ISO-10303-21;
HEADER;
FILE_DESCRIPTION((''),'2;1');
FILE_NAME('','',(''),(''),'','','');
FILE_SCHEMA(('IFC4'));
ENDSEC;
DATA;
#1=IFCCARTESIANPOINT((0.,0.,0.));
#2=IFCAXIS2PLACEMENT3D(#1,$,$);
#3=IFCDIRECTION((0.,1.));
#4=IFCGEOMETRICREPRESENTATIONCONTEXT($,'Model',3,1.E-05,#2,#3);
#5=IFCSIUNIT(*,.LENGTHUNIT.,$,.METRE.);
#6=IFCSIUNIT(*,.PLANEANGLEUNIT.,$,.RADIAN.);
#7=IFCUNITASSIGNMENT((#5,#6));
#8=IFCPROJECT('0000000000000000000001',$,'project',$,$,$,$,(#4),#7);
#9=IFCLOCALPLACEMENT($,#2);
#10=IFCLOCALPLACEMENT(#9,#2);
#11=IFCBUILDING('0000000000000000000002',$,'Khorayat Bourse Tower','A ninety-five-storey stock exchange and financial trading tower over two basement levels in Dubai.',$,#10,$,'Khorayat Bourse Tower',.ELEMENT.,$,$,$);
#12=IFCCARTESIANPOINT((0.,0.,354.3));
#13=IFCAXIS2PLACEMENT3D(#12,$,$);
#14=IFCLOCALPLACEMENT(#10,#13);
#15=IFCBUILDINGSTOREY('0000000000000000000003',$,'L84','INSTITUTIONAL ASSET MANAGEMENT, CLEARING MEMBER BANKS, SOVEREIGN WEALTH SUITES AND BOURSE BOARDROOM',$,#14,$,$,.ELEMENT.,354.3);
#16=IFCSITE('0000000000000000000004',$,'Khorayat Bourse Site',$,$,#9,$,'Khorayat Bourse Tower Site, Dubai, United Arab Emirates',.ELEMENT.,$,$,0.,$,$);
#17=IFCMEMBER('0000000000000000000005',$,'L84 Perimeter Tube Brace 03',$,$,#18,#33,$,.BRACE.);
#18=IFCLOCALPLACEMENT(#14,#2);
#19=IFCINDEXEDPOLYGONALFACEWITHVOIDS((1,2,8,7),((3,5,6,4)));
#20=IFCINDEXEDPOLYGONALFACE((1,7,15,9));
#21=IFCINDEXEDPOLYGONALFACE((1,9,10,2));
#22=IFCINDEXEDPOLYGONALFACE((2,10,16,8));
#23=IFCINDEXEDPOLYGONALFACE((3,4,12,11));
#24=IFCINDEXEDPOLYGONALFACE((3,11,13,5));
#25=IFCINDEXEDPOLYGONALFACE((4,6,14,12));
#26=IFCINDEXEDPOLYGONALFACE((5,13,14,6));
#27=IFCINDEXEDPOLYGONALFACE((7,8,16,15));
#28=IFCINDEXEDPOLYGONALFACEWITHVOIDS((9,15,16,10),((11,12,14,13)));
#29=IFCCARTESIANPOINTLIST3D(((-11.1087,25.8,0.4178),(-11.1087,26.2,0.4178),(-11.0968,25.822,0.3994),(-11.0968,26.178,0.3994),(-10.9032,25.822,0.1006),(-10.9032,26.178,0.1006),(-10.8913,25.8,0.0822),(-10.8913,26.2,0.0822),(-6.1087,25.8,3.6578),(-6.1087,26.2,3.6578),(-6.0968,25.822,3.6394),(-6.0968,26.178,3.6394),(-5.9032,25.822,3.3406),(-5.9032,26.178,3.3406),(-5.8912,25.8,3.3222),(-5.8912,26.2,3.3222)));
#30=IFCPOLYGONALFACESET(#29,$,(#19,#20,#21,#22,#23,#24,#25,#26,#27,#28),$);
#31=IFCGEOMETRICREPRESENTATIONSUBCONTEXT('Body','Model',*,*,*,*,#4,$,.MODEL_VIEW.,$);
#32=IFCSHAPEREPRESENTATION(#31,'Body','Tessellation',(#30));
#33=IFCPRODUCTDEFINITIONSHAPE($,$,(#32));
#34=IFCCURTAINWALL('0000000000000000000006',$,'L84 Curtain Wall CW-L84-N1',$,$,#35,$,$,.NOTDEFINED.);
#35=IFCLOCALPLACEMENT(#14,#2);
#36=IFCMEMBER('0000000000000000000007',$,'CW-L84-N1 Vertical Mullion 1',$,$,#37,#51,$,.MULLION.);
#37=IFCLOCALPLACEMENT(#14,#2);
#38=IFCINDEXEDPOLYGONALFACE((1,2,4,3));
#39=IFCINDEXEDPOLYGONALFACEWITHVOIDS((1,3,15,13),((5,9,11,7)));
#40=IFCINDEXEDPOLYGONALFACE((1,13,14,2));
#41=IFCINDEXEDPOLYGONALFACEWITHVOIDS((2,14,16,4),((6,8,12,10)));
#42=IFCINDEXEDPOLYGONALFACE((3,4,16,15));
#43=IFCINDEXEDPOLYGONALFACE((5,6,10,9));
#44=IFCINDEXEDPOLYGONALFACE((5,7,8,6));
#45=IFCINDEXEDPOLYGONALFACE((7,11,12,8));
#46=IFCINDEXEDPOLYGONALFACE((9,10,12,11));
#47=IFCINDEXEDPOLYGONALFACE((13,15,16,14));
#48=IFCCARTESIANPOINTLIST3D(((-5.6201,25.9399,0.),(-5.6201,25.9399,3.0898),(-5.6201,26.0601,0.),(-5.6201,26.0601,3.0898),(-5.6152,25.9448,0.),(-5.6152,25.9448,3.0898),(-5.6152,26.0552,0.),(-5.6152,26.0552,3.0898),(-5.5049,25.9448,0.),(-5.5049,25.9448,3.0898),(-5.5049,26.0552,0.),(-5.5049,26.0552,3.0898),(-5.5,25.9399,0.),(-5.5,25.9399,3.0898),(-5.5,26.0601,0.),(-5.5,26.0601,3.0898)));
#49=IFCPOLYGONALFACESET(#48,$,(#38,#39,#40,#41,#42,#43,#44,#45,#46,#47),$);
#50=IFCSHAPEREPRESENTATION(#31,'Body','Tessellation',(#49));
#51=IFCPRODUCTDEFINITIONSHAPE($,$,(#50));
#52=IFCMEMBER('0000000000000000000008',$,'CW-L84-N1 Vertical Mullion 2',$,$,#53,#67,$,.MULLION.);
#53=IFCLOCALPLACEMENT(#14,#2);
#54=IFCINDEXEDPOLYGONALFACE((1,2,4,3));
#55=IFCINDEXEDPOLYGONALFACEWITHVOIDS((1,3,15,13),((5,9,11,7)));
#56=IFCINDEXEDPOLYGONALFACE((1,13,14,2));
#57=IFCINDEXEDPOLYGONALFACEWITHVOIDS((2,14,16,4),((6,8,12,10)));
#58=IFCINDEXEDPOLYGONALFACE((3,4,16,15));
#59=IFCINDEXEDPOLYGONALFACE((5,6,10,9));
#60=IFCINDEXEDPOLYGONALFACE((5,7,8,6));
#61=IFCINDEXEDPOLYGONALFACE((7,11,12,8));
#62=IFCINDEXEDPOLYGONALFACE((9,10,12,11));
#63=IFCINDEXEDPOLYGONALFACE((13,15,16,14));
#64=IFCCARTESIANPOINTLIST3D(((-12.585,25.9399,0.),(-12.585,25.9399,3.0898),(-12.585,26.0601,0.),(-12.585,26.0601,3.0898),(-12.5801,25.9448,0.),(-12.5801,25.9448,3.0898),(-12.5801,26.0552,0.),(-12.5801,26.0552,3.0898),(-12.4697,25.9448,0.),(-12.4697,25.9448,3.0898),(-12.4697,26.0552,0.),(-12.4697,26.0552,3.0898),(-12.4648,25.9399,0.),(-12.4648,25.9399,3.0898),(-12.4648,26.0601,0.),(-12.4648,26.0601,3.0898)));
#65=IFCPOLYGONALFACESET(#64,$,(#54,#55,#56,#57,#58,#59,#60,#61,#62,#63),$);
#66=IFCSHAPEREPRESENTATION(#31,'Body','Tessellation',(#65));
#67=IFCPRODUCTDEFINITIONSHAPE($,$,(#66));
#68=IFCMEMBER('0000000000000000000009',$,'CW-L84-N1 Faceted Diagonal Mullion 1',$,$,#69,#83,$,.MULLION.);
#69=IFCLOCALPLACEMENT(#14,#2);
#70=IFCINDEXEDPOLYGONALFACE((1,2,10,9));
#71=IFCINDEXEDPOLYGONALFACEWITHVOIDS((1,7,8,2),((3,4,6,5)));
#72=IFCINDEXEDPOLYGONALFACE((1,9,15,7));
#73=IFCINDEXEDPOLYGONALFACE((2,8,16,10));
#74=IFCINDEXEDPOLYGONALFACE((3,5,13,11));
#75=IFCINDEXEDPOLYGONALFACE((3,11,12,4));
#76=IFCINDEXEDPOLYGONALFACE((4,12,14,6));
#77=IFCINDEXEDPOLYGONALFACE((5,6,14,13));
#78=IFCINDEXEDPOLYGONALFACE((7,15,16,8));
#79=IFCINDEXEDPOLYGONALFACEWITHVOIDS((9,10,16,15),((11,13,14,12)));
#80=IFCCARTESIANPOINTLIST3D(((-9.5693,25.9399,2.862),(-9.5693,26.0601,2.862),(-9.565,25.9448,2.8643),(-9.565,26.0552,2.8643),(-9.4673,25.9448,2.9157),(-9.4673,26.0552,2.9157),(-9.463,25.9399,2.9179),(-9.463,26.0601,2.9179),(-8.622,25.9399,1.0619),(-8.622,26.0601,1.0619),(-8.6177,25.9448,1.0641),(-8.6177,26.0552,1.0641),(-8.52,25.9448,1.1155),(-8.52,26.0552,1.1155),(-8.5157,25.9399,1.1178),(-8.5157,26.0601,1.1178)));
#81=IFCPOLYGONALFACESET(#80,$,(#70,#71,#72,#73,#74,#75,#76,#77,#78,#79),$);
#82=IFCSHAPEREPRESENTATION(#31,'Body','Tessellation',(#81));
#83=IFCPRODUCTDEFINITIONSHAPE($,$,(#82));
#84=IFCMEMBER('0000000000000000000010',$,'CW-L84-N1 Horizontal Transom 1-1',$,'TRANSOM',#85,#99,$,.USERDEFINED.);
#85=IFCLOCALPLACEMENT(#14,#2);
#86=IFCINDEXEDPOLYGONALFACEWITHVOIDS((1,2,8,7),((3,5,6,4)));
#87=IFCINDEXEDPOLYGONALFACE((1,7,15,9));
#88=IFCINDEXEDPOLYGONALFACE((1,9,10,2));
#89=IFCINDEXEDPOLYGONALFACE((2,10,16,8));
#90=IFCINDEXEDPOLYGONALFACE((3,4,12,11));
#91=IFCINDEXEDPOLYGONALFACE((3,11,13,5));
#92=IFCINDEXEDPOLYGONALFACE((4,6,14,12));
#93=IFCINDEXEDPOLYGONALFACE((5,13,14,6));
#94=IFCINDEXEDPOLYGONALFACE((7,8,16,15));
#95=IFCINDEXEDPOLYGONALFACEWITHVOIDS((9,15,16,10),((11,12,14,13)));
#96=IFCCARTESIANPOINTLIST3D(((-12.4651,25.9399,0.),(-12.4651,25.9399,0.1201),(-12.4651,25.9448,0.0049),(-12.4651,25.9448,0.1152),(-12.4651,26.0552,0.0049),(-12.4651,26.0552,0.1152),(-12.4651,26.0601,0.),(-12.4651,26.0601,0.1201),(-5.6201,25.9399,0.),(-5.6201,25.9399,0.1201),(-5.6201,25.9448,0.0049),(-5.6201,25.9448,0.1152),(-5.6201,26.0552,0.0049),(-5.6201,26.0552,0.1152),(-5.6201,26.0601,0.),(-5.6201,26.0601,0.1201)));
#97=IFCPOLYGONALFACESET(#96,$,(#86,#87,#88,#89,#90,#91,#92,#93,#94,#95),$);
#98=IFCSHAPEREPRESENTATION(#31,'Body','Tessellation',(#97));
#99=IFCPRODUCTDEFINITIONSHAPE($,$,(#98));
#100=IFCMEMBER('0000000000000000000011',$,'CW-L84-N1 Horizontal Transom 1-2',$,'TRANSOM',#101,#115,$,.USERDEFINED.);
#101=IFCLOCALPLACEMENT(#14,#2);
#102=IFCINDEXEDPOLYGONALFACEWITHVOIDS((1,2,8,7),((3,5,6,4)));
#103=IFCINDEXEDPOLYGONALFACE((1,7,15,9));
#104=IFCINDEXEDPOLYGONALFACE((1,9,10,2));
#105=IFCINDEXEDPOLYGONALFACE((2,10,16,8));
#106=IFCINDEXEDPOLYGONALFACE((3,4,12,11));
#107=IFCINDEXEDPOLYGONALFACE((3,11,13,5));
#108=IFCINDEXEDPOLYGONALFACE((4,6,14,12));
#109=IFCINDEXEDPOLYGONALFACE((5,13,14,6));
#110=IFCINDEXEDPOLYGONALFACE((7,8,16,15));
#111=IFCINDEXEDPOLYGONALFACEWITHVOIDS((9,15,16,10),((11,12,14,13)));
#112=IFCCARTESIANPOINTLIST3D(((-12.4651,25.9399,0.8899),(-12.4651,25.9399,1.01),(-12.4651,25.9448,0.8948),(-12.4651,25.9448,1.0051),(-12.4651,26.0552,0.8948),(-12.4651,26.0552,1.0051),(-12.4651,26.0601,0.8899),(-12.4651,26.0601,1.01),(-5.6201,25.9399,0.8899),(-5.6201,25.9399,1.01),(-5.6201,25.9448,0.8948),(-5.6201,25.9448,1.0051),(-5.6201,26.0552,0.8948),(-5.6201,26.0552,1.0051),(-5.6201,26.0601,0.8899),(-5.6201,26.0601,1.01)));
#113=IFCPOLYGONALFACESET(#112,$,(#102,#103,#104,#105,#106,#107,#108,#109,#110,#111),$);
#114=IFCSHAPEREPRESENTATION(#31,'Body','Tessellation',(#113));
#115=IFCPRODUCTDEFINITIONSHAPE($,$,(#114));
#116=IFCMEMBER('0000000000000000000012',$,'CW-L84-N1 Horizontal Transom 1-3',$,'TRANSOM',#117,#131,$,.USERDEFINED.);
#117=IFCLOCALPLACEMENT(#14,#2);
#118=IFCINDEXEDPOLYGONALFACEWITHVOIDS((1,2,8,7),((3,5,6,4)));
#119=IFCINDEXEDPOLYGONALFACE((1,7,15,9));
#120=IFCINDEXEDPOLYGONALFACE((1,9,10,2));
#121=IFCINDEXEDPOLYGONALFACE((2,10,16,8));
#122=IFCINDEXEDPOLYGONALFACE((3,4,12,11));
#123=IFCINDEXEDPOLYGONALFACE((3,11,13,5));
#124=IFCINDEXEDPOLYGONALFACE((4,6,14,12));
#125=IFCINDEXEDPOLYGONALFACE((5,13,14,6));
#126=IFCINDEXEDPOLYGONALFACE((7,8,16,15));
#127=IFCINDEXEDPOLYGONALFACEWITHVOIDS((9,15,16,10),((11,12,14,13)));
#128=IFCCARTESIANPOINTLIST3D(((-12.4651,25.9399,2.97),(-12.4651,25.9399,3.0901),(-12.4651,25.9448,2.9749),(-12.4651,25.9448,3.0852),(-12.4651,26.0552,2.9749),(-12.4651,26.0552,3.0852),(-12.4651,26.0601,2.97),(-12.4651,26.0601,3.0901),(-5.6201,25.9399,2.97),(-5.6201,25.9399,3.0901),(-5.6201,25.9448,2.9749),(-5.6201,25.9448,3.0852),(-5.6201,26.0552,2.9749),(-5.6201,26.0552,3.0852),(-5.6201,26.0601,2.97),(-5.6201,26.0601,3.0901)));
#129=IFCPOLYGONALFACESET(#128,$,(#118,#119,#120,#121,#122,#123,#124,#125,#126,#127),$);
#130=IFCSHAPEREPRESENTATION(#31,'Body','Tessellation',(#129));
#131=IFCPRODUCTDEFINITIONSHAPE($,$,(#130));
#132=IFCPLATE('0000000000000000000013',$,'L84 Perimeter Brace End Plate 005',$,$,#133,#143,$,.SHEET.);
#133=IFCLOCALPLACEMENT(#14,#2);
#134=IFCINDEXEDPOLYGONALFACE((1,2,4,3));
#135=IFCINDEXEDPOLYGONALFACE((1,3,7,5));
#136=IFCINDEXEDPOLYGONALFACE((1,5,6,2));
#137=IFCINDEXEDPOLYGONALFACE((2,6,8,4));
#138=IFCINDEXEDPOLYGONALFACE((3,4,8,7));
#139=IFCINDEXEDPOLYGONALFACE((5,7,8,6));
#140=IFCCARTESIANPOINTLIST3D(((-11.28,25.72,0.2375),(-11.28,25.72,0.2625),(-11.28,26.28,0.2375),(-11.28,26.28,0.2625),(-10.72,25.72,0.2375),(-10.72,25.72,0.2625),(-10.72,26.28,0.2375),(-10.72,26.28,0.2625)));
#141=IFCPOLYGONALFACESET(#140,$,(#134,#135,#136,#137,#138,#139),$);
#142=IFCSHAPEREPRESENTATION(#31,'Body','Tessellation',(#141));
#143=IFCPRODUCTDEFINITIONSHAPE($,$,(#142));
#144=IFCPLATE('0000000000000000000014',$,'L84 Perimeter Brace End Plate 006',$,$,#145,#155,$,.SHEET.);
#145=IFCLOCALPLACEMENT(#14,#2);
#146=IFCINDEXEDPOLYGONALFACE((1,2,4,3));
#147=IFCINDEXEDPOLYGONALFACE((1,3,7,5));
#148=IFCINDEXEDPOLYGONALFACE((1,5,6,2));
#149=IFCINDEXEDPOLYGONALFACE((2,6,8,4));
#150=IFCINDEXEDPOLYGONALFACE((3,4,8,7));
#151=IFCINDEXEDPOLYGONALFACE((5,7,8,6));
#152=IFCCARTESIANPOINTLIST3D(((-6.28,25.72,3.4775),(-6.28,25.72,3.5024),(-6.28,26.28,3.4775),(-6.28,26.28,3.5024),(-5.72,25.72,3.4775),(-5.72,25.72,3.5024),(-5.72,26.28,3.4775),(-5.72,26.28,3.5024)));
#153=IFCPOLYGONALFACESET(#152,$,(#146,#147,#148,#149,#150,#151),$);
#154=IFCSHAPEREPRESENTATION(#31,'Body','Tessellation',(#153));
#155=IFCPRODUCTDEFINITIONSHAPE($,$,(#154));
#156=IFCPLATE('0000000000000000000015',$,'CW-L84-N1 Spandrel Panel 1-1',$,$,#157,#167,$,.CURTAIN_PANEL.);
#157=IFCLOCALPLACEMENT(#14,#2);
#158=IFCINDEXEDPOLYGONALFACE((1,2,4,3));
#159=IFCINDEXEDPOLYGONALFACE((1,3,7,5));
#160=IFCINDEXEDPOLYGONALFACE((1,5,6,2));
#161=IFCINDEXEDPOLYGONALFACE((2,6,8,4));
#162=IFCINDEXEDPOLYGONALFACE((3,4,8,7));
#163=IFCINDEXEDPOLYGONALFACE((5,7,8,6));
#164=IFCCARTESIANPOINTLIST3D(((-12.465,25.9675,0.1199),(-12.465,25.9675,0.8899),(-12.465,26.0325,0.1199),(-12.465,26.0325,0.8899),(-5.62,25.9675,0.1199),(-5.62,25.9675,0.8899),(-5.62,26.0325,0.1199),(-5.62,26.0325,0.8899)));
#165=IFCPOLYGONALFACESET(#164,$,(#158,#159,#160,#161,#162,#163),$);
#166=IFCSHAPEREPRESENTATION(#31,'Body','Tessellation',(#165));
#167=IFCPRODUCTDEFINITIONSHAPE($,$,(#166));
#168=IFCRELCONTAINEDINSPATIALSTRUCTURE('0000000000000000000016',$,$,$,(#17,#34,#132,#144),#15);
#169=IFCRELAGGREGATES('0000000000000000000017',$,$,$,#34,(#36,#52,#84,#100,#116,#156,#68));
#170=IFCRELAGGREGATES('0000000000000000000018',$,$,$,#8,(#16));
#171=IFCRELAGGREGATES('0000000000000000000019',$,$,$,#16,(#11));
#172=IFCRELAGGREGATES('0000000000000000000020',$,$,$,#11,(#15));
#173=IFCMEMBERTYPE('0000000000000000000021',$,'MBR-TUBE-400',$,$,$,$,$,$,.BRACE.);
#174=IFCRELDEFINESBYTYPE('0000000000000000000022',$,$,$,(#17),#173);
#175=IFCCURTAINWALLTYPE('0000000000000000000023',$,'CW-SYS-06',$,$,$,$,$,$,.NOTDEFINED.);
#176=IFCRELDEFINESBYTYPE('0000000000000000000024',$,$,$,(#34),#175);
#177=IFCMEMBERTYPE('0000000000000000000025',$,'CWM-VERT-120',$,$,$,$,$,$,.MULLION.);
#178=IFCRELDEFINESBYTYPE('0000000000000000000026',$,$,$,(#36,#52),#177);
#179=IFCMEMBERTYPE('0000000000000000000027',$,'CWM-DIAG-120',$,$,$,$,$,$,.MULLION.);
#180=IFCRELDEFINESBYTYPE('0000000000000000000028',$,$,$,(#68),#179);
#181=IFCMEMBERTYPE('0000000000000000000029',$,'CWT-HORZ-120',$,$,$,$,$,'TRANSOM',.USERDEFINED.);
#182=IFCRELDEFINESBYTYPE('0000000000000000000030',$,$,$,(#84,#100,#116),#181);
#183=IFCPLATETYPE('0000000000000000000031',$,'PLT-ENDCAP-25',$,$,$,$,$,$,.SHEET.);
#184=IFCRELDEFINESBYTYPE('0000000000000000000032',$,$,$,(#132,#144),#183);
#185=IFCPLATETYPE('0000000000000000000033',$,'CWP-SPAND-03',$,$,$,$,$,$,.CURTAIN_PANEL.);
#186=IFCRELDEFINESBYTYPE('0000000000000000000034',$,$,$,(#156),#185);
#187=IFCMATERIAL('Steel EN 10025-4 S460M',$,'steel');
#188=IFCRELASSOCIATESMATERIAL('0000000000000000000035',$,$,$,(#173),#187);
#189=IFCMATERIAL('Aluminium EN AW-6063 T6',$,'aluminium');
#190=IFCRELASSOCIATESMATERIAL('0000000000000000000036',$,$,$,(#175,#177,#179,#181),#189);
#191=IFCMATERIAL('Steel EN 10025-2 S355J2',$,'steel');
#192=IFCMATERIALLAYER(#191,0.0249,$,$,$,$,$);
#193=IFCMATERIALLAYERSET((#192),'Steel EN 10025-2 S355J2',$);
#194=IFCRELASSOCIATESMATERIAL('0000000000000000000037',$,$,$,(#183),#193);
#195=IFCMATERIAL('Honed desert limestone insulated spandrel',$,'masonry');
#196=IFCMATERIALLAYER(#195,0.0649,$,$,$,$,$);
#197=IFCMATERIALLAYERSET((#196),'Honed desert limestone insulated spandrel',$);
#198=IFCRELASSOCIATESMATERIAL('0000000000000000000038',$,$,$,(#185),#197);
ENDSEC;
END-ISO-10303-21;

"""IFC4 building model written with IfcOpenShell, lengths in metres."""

from ifc_helpers import new_model, si_unit, direction, frame, origin, origin_2d, place, context, subcontext, project, spatial, rectangle, hollow_rectangle, extrude, source, transform, mapped, material, layer, layer_set, material_profile, profile_set, type_object, element, aggregate, save


model = new_model("IFC4")

# Units and contexts
model_context = context("Model", 3, precision=1e-05, world=origin(), true_north=direction((0.0, 1.0)))
body_context = subcontext(model_context, "Body", "Model", "MODEL_VIEW")
ifc_project = project(units=[si_unit("LENGTHUNIT", "METRE"), si_unit("PLANEANGLEUNIT", "RADIAN")], contexts=[model_context])

# Site, building, storey
site_placement = place(None, origin())
site = spatial("IfcSite", under=ifc_project, at=site_placement, Name="Khorayat Bourse Site", LongName="Khorayat Bourse Tower Site, Dubai, United Arab Emirates", CompositionType="ELEMENT", RefElevation=0.0)
building_placement = place(site_placement, origin())
building = spatial("IfcBuilding", under=site, at=building_placement, Name="Khorayat Bourse Tower", Description="A ninety-five-storey stock exchange and financial trading tower over two basement levels in Dubai.", LongName="Khorayat Bourse Tower", CompositionType="ELEMENT")
storey_placement = place(building_placement, frame((0.0, 0.0, 354.3)))
storey = spatial("IfcBuildingStorey", under=building, at=storey_placement, Name="L84", Description="INSTITUTIONAL ASSET MANAGEMENT, CLEARING MEMBER BANKS, SOVEREIGN WEALTH SUITES AND BOURSE BOARDROOM", CompositionType="ELEMENT", Elevation=354.3)

# Shared definitions
ifc_material_1 = material(Name="Steel EN 10025-2 S355J2", Category="steel")

# Member
ifc_material_2 = material(Name="Steel EN 10025-4 S460M", Category="steel")
ifc_material_profile_1 = material_profile(ifc_material_2, hollow_rectangle(XDim=0.3999, YDim=0.3999, WallThickness=0.022, at=origin_2d()), Name="HSS 400x400x22")
ifc_profile_set_1 = profile_set([ifc_material_profile_1], Name="Steel EN 10025-4 S460M")
member_type_1 = type_object("IfcMemberType", Name="MBR-TUBE-400", PredefinedType="BRACE", material=ifc_profile_set_1)
shared_shape_1 = source(origin(), body_context, "Body", "SweptSolid", [
    extrude(hollow_rectangle(XDim=0.3999, YDim=0.3999, WallThickness=0.022, at=origin_2d()), origin(), (0.0, 0.0, 1.0), 5.958),
])
member_1_placement = place(storey_placement, frame((-11.0, 26.0, 0.25), z_axis=(0.83921, 0.0, 0.543807), x_axis=(0.0, 1.0, 0.0)))
element("IfcMember", 1, at=member_1_placement, inside=storey, type_object=member_type_1, Name="L84 Perimeter Tube Brace 03", PredefinedType="BRACE", context=body_context, shape_type="MappedRepresentation", body=[
    mapped(shared_shape_1, transform((0.0, 0.0, 0.0), scale=1.0)),
])

# Curtain wall, members
ifc_material_3 = material(Name="Aluminium EN AW-6063 T6", Category="aluminium")
curtain_wall_type = type_object("IfcCurtainWallType", Name="CW-SYS-06", PredefinedType="NOTDEFINED", material=ifc_material_3)
curtain_wall_placement = place(storey_placement, origin())
curtain_wall = element("IfcCurtainWall", 2, at=curtain_wall_placement, inside=storey, type_object=curtain_wall_type, Name="L84 Curtain Wall CW-L84-N1", PredefinedType="NOTDEFINED")
ifc_material_profile_2 = material_profile(ifc_material_3, hollow_rectangle(XDim=0.1201, YDim=0.1201, WallThickness=0.0049, at=origin_2d()), Name="ALU 120x120x5")
ifc_profile_set_2 = profile_set([ifc_material_profile_2], Name="Aluminium EN AW-6063 T6")
member_type_2 = type_object("IfcMemberType", Name="CWM-VERT-120", PredefinedType="MULLION", material=ifc_profile_set_2)
shared_shape_2 = source(origin(), body_context, "Body", "SweptSolid", [
    extrude(hollow_rectangle(XDim=0.1201, YDim=0.1201, WallThickness=0.0049, at=origin_2d()), origin(), (0.0, 0.0, 1.0), 3.0898),
])
member_2_placement = place(storey_placement, frame((-5.5601, 26.0, 0.0), z_axis=(0.0, 0.0, 1.0), x_axis=(0.0, -1.0, 0.0)))
member_2 = element("IfcMember", 3, at=member_2_placement, type_object=member_type_2, Name="CW-L84-N1 Vertical Mullion 1", PredefinedType="MULLION", context=body_context, shape_type="MappedRepresentation", body=[
    mapped(shared_shape_2, transform((0.0, 0.0, 0.0), scale=1.0)),
])
member_3_placement = place(storey_placement, frame((-12.5249, 26.0, 0.0), z_axis=(0.0, 0.0, 1.0), x_axis=(0.0, -1.0, 0.0)))
member_3 = element("IfcMember", 4, at=member_3_placement, type_object=member_type_2, Name="CW-L84-N1 Vertical Mullion 2", PredefinedType="MULLION", context=body_context, shape_type="MappedRepresentation", body=[
    mapped(shared_shape_2, transform((0.0, 0.0, 0.0), scale=1.0)),
])
ifc_material_profile_3 = material_profile(ifc_material_3, hollow_rectangle(XDim=0.1201, YDim=0.1201, WallThickness=0.0049, at=origin_2d()), Name="ALU 120x120x5")
ifc_profile_set_3 = profile_set([ifc_material_profile_3], Name="Aluminium EN AW-6063 T6")
member_type_3 = type_object("IfcMemberType", Name="CWM-DIAG-120", PredefinedType="MULLION", material=ifc_profile_set_3)
shared_shape_3 = source(origin(), body_context, "Body", "SweptSolid", [
    extrude(hollow_rectangle(XDim=0.1201, YDim=0.1201, WallThickness=0.0049, at=origin_2d()), origin(), (0.0, 0.0, 1.0), 2.0342),
])
member_4_placement = place(storey_placement, frame((-8.5688, 26.0, 1.0898), z_axis=(-0.465697, 0.0, 0.884944), x_axis=(0.0, -1.0, 0.0)))
member_4 = element("IfcMember", 5, at=member_4_placement, type_object=member_type_3, Name="CW-L84-N1 Faceted Diagonal Mullion 1", PredefinedType="MULLION", context=body_context, shape_type="MappedRepresentation", body=[
    mapped(shared_shape_3, transform((0.0, 0.0, 0.0), scale=1.0)),
])
ifc_material_profile_4 = material_profile(ifc_material_3, hollow_rectangle(XDim=0.1201, YDim=0.1201, WallThickness=0.0049, at=origin_2d()), Name="ALU 120x120x5")
ifc_profile_set_4 = profile_set([ifc_material_profile_4], Name="Aluminium EN AW-6063 T6")
member_type_4 = type_object("IfcMemberType", Name="CWT-HORZ-120", ElementType="TRANSOM", PredefinedType="USERDEFINED", material=ifc_profile_set_4)
shared_shape_4 = source(origin(), body_context, "Body", "SweptSolid", [
    extrude(hollow_rectangle(XDim=0.1201, YDim=0.1201, WallThickness=0.0049, at=origin_2d()), origin(), (0.0, 0.0, 1.0), 6.845),
])
member_5_placement = place(storey_placement, frame((-5.6201, 26.0, 0.0601), z_axis=(-1.0, 0.0, 0.0), x_axis=(0.0, -1.0, 0.0)))
member_5 = element("IfcMember", 6, at=member_5_placement, type_object=member_type_4, Name="CW-L84-N1 Horizontal Transom 1-1", ObjectType="TRANSOM", PredefinedType="USERDEFINED", context=body_context, shape_type="MappedRepresentation", body=[
    mapped(shared_shape_4, transform((0.0, 0.0, 0.0), scale=1.0)),
])
member_6_placement = place(storey_placement, frame((-5.6201, 26.0, 0.95), z_axis=(-1.0, 0.0, 0.0), x_axis=(0.0, -1.0, 0.0)))
member_6 = element("IfcMember", 7, at=member_6_placement, type_object=member_type_4, Name="CW-L84-N1 Horizontal Transom 1-2", ObjectType="TRANSOM", PredefinedType="USERDEFINED", context=body_context, shape_type="MappedRepresentation", body=[
    mapped(shared_shape_4, transform((0.0, 0.0, 0.0), scale=1.0)),
])
member_7_placement = place(storey_placement, frame((-5.6201, 26.0, 3.03), z_axis=(-1.0, 0.0, 0.0), x_axis=(0.0, -1.0, 0.0)))
member_7 = element("IfcMember", 8, at=member_7_placement, type_object=member_type_4, Name="CW-L84-N1 Horizontal Transom 1-3", ObjectType="TRANSOM", PredefinedType="USERDEFINED", context=body_context, shape_type="MappedRepresentation", body=[
    mapped(shared_shape_4, transform((0.0, 0.0, 0.0), scale=1.0)),
])

# Plates
ifc_layer_1 = layer(ifc_material_1, 0.0249)
ifc_layer_set_1 = layer_set([ifc_layer_1], Name="Steel EN 10025-2 S355J2")
plate_type_1 = type_object("IfcPlateType", Name="PLT-ENDCAP-25", PredefinedType="SHEET", material=ifc_layer_set_1)
shared_shape_5 = source(origin(), body_context, "Body", "SweptSolid", [
    extrude(rectangle(XDim=0.5601, YDim=0.5601, at=origin_2d()), origin(), (0.0, 0.0, 1.0), 0.0249),
])
for number, where, z_axis, x_axis, name in (
    (9, (-11.0, 26.0, 0.2375), (0.0, 0.0, 1.0), (1.0, 0.0, 0.0), "L84 Perimeter Brace End Plate 005"),
    (10, (-6.0, 26.0, 3.4775), (0.0, 0.0, 1.0), (1.0, 0.0, 0.0), "L84 Perimeter Brace End Plate 006"),
):
    element("IfcPlate", number, at=place(storey_placement, frame(where, z_axis=z_axis, x_axis=x_axis)), inside=storey, type_object=plate_type_1, Name=name, PredefinedType="SHEET", context=body_context, shape_type="MappedRepresentation", body=[
        mapped(shared_shape_5, transform((0.0, 0.0, 0.0), scale=1.0)),
    ])

# Plate
ifc_material_4 = material(Name="Honed desert limestone insulated spandrel", Category="masonry")
ifc_layer_2 = layer(ifc_material_4, 0.0649)
ifc_layer_set_2 = layer_set([ifc_layer_2], Name="Honed desert limestone insulated spandrel")
plate_type_2 = type_object("IfcPlateType", Name="CWP-SPAND-03", PredefinedType="CURTAIN_PANEL", material=ifc_layer_set_2)
shared_shape_6 = source(origin(), body_context, "Body", "SweptSolid", [
    extrude(rectangle(XDim=6.845, YDim=0.0649, at=origin_2d()), origin(), (0.0, 0.0, 1.0), 0.77),
])
plate_1_placement = place(storey_placement, frame((-9.0425, 26.0, 0.1199), z_axis=(0.0, 0.0, 1.0), x_axis=(-1.0, 0.0, 0.0)))
plate_1 = element("IfcPlate", 11, at=plate_1_placement, type_object=plate_type_2, Name="CW-L84-N1 Spandrel Panel 1-1", PredefinedType="CURTAIN_PANEL", context=body_context, shape_type="MappedRepresentation", body=[
    mapped(shared_shape_6, transform((0.0, 0.0, 0.0), scale=1.0)),
])
aggregate(curtain_wall, [member_2, member_3, member_5, member_6, member_7, plate_1, member_4])

save(model, "model.ifc")
